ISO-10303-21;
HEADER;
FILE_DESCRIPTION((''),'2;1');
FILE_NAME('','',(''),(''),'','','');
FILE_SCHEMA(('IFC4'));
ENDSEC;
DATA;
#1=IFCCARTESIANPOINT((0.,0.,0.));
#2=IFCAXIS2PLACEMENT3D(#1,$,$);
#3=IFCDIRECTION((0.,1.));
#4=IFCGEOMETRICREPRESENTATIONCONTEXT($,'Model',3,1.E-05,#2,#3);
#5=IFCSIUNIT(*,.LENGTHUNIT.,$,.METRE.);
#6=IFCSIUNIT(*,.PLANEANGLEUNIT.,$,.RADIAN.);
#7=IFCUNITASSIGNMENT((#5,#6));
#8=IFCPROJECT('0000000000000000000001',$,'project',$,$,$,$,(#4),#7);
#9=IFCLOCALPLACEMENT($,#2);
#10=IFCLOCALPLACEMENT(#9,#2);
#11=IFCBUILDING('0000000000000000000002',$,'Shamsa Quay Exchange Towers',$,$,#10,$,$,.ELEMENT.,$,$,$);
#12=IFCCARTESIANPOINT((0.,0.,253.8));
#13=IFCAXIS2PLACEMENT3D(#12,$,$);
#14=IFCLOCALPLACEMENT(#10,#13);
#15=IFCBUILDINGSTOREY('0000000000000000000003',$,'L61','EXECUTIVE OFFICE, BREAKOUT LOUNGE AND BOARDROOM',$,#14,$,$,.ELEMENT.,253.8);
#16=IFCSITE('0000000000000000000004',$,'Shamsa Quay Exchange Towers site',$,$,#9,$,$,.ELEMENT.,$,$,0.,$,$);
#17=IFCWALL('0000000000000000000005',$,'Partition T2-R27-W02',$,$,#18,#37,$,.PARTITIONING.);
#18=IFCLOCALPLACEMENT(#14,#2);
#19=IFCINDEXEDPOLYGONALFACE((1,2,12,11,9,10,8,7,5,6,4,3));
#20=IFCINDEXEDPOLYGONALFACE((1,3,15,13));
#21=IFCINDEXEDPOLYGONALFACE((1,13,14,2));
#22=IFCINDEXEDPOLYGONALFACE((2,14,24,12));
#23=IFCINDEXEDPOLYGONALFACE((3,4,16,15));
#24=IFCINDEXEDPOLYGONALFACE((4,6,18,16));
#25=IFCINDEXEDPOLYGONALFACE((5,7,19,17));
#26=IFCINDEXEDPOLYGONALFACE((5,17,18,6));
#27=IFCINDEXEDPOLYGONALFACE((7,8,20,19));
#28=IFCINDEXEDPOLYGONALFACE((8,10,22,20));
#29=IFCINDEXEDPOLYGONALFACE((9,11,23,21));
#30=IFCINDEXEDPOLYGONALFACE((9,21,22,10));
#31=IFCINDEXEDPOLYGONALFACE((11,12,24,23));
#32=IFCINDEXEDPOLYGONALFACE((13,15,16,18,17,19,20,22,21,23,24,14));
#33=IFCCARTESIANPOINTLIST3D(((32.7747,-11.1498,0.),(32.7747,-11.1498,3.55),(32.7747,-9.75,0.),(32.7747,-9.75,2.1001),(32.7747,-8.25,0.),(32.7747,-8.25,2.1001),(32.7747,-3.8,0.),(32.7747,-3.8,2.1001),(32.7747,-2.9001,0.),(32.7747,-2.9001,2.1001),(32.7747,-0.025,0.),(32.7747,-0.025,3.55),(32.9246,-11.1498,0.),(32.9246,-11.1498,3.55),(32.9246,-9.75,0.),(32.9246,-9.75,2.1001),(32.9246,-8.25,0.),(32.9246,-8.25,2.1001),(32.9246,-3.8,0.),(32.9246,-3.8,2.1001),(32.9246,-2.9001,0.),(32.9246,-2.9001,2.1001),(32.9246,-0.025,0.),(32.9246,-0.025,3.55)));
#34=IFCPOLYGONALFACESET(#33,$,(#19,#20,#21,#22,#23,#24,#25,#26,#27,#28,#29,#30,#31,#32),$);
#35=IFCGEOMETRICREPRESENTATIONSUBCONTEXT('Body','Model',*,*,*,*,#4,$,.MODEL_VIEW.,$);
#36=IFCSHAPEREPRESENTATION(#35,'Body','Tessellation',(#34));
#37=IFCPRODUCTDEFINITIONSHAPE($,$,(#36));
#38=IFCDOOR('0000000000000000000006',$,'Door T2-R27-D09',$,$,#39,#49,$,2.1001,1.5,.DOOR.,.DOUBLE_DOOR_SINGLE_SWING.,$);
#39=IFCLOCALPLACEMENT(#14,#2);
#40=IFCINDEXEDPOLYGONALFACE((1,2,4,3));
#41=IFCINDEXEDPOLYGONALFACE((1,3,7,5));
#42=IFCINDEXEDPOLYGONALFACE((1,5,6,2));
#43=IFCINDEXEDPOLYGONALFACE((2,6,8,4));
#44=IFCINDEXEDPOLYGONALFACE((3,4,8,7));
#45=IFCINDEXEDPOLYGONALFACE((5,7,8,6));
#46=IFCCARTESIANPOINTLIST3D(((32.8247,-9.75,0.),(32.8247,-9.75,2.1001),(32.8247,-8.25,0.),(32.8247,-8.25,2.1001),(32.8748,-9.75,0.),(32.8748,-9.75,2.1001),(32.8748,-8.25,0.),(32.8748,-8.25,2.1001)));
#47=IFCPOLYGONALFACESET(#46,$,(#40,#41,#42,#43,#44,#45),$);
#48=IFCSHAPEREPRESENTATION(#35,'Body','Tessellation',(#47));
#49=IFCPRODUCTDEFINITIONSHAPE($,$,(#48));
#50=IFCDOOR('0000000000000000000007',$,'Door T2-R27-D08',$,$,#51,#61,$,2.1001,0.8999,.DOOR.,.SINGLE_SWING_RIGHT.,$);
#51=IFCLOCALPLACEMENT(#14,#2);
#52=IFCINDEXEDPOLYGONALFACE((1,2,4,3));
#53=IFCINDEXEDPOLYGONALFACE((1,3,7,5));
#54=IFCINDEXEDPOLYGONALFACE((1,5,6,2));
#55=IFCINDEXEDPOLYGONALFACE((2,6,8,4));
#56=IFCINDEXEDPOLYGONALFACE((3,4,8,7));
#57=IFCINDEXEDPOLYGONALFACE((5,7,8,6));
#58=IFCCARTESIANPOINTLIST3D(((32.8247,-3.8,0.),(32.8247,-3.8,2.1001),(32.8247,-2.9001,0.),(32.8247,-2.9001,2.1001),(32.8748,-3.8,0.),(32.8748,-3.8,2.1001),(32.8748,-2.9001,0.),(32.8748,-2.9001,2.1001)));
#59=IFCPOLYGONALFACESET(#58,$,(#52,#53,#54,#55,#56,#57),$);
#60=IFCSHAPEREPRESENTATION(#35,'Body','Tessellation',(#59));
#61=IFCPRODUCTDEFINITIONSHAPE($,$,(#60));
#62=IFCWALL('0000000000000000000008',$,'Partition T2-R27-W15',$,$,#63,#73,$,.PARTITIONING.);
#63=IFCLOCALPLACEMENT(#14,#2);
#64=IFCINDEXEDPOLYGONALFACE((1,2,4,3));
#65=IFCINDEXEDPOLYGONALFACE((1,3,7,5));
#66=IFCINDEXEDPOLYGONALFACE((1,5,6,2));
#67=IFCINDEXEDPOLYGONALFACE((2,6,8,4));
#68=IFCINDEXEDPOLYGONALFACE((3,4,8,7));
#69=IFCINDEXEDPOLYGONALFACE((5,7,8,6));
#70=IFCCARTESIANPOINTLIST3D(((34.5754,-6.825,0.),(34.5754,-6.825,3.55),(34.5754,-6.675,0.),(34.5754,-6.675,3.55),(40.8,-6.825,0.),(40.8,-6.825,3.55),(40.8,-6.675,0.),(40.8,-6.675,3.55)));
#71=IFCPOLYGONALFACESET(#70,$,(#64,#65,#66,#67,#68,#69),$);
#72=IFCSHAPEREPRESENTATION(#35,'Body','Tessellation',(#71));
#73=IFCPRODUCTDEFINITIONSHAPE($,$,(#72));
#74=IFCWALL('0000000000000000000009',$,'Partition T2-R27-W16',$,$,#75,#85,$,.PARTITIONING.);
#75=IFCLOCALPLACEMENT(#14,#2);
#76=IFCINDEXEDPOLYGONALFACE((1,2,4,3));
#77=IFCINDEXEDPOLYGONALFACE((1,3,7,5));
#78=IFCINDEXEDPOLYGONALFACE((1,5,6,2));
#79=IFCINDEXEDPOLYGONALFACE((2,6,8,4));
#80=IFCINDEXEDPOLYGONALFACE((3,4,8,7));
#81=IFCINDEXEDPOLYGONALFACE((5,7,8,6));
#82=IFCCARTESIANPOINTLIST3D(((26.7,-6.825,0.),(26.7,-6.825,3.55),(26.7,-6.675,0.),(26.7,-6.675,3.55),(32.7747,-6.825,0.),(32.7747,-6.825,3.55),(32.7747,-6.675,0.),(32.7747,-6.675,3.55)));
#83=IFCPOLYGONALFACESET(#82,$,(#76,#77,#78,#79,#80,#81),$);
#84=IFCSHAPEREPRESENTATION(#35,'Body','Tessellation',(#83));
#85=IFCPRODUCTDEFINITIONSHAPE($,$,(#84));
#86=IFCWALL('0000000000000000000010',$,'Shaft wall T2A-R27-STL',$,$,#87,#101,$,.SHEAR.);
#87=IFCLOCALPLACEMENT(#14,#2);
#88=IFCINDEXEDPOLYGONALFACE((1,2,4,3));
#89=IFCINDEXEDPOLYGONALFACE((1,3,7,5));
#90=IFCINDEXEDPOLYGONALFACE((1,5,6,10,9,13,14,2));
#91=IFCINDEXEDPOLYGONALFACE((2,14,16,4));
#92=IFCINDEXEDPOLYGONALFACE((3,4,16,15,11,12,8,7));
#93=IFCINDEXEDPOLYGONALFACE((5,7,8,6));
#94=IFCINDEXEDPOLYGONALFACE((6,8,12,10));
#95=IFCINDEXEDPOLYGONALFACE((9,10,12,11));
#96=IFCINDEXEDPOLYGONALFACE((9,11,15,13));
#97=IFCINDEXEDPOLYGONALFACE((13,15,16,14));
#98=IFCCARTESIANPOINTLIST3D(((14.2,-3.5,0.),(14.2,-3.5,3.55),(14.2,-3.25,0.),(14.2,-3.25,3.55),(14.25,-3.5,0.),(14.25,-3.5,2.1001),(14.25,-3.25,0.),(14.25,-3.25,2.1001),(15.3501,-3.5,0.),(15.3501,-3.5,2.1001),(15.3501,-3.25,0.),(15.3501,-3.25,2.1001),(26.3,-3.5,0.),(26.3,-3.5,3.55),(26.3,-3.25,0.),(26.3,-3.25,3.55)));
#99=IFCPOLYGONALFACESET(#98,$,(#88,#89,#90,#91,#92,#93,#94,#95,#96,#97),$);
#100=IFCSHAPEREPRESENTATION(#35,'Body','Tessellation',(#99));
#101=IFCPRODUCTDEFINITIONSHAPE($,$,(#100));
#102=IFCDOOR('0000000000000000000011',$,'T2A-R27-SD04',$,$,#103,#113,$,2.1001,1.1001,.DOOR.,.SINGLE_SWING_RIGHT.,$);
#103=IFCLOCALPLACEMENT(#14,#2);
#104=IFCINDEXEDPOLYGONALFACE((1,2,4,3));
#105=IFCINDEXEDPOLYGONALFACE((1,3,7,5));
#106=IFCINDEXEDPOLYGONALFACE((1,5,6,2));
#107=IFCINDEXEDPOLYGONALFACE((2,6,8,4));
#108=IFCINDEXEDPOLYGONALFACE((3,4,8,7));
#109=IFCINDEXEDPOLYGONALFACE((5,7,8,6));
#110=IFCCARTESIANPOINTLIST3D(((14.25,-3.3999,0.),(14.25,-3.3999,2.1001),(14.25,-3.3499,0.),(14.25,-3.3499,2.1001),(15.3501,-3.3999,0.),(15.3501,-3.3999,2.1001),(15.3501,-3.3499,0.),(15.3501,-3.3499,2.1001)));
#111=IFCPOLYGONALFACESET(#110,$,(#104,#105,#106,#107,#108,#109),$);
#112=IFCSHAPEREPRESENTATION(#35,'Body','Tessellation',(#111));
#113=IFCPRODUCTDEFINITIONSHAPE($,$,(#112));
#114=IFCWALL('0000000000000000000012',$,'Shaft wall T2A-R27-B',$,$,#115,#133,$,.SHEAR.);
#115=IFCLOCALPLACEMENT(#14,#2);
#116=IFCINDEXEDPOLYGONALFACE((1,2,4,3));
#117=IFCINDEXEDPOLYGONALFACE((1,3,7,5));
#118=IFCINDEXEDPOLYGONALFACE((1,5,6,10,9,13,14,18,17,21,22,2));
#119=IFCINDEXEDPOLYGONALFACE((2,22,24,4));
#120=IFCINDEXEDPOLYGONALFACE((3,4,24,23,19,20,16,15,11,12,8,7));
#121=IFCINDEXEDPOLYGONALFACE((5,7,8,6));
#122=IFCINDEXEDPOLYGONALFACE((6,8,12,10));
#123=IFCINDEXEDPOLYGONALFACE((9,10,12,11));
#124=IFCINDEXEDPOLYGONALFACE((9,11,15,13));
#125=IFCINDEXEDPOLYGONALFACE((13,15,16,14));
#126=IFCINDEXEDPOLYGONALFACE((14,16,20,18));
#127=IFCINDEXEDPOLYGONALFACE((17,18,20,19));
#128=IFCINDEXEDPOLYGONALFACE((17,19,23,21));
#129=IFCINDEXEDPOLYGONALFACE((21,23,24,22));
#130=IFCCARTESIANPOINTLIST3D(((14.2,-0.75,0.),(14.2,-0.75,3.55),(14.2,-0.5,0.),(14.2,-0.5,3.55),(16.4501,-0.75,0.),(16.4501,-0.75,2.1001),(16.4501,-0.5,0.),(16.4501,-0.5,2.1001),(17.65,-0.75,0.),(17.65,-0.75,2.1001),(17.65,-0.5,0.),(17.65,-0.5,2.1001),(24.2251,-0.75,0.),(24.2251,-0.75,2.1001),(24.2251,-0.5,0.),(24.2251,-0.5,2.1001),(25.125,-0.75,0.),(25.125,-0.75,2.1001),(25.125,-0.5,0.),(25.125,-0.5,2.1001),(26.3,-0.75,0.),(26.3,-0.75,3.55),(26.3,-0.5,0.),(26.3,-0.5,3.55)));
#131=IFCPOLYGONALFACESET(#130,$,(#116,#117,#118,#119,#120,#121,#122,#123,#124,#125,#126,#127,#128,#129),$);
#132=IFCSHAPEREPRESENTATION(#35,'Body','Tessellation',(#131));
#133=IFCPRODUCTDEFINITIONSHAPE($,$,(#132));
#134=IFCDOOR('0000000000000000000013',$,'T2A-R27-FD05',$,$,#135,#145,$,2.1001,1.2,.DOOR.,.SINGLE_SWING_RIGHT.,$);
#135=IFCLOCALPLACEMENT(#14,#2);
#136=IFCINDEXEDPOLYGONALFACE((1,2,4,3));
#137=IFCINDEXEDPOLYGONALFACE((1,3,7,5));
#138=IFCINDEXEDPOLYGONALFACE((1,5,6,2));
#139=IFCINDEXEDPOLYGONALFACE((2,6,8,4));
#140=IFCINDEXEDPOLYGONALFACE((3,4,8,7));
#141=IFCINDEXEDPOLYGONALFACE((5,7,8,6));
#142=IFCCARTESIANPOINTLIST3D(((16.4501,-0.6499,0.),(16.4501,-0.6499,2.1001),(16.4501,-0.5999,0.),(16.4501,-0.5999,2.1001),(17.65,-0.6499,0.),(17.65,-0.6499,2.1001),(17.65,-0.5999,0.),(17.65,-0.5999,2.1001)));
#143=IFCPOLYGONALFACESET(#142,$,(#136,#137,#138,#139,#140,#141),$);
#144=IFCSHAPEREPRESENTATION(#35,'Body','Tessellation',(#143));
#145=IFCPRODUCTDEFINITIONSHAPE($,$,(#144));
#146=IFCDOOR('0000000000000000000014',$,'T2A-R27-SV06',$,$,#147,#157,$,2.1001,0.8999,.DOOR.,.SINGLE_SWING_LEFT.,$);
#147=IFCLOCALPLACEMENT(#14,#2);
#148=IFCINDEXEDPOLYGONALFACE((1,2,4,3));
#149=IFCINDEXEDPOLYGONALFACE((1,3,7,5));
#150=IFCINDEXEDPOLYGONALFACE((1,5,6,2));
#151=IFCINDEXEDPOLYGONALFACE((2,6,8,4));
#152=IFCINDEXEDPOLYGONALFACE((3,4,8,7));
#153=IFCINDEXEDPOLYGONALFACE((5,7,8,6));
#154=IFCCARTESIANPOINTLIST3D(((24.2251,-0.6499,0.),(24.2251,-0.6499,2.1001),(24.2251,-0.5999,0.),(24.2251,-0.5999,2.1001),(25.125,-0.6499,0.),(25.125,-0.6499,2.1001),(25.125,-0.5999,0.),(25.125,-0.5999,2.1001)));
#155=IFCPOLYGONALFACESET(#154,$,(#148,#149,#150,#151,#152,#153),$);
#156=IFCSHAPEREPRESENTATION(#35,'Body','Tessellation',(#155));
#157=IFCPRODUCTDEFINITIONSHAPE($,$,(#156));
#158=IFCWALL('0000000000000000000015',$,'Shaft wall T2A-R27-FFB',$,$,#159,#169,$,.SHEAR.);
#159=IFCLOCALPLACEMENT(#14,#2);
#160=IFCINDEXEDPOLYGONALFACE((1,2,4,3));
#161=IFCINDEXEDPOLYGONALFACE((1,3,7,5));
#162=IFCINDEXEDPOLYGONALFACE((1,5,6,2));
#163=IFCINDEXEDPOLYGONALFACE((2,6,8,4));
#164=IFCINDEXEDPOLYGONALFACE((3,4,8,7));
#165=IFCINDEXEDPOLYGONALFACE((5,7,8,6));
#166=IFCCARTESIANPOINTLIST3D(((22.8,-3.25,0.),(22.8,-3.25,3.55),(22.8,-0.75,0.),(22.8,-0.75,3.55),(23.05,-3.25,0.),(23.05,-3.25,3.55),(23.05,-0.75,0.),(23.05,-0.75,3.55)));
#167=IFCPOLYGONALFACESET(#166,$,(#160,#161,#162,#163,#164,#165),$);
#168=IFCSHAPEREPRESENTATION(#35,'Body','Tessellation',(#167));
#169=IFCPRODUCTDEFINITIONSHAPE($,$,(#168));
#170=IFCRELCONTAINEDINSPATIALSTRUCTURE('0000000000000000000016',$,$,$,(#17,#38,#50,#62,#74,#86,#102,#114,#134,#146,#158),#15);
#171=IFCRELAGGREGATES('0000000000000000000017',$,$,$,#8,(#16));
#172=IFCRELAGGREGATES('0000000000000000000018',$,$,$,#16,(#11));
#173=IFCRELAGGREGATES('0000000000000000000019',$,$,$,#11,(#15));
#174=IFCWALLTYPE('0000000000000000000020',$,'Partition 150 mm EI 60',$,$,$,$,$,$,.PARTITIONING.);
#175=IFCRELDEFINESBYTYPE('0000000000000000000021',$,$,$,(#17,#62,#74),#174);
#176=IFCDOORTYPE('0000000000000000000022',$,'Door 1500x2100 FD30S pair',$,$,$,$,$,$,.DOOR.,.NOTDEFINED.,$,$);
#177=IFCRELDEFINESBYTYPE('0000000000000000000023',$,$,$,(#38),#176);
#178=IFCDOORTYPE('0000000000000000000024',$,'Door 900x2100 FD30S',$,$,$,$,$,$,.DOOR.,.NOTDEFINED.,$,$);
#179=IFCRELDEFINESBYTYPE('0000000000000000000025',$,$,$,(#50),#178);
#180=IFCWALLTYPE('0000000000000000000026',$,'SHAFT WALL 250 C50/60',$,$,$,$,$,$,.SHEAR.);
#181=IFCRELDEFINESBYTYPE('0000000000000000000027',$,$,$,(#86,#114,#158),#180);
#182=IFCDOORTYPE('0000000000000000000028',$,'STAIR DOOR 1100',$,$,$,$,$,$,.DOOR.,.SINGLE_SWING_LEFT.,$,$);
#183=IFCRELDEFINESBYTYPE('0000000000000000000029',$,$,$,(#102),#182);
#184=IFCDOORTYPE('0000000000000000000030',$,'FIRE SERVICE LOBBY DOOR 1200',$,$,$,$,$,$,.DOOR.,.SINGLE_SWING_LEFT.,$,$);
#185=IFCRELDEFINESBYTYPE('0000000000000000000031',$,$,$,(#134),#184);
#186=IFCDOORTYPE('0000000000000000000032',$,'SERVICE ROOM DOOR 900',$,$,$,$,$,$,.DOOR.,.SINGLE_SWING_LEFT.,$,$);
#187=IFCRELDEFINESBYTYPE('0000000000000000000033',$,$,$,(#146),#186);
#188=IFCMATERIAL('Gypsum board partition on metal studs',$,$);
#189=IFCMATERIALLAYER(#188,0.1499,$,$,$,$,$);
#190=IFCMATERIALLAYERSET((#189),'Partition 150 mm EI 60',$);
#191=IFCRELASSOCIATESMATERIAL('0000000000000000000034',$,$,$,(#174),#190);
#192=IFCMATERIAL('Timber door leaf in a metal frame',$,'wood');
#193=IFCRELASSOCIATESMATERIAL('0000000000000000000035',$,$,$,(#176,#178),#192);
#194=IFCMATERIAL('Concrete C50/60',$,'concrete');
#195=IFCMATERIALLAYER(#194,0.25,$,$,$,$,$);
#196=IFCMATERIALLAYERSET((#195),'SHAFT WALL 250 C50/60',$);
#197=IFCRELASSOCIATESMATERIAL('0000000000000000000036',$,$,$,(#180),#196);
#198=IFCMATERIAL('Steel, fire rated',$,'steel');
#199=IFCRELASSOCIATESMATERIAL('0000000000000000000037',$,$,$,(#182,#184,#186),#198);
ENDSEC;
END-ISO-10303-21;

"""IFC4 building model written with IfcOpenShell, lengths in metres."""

from ifc_helpers import new_model, si_unit, direction, frame, frame_2d, origin, place, context, subcontext, project, spatial, rectangle, extrude, material, layer, layer_set, type_object, element, fill, save


model = new_model("IFC4")

# Units and contexts
model_context = context("Model", 3, precision=1e-05, world=origin(), true_north=direction((0.0, 1.0)))
body_context = subcontext(model_context, "Body", "Model", "MODEL_VIEW")
ifc_project = project(units=[si_unit("LENGTHUNIT", "METRE"), si_unit("PLANEANGLEUNIT", "RADIAN")], contexts=[model_context])

# Site, building, storey
site_placement = place(None, origin())
site = spatial("IfcSite", under=ifc_project, at=site_placement, Name="Shamsa Quay Exchange Towers site", CompositionType="ELEMENT", RefElevation=0.0)
building_placement = place(site_placement, origin())
building = spatial("IfcBuilding", under=site, at=building_placement, Name="Shamsa Quay Exchange Towers", CompositionType="ELEMENT")
storey_placement = place(building_placement, frame((0.0, 0.0, 253.8)))
storey = spatial("IfcBuildingStorey", under=building, at=storey_placement, Name="L61", Description="EXECUTIVE OFFICE, BREAKOUT LOUNGE AND BOARDROOM", CompositionType="ELEMENT", Elevation=253.8)

# Wall, openings, doors
ifc_material_1 = material(Name="Gypsum board partition on metal studs")
ifc_layer_1 = layer(ifc_material_1, 0.1499)
ifc_layer_set_1 = layer_set([ifc_layer_1], Name="Partition 150 mm EI 60")
wall_type_1 = type_object("IfcWallType", Name="Partition 150 mm EI 60", PredefinedType="PARTITIONING", material=ifc_layer_set_1)
wall_1_placement = place(storey_placement, frame((32.8496, -11.1499, 0.0), z_axis=(0.0, 0.0, 1.0), x_axis=(0.0, 1.0, 0.0)))
wall_1 = element("IfcWall", 1, at=wall_1_placement, inside=storey, type_object=wall_type_1, Name="Partition T2-R27-W02", PredefinedType="PARTITIONING", context=body_context, shape_type="SweptSolid", body=[
    extrude(rectangle(XDim=11.1248, YDim=0.1499, at=frame_2d((5.5625, 0.0))), origin(), (0.0, 0.0, 1.0), 3.55),
])
opening_1_placement = place(wall_1_placement, frame((7.3499, 0.0, 0.0)))
opening_1 = element("IfcOpeningElement", 2, at=opening_1_placement, cuts=wall_1, PredefinedType="OPENING", context=body_context, shape_type="SweptSolid", body=[
    extrude(rectangle(XDim=0.8999, YDim=2.1001, at=frame_2d((0.45, 1.05))), frame((0.0, 0.085, 0.0), z_axis=(0.0, -1.0, 0.0), x_axis=(1.0, 0.0, 0.0)), (0.0, 0.0, 1.0), 0.1699),
])
opening_2_placement = place(wall_1_placement, frame((1.3999, 0.0, 0.0)))
opening_2 = element("IfcOpeningElement", 3, at=opening_2_placement, cuts=wall_1, PredefinedType="OPENING", context=body_context, shape_type="SweptSolid", body=[
    extrude(rectangle(XDim=1.5, YDim=2.1001, at=frame_2d((0.75, 1.05))), frame((0.0, 0.085, 0.0), z_axis=(0.0, -1.0, 0.0), x_axis=(1.0, 0.0, 0.0)), (0.0, 0.0, 1.0), 0.1699),
])
ifc_material_2 = material(Name="Timber door leaf in a metal frame", Category="wood")
door_type_1 = type_object("IfcDoorType", Name="Door 1500x2100 FD30S pair", OperationType="NOTDEFINED", PredefinedType="DOOR", material=ifc_material_2)
door_1_placement = place(opening_2_placement, origin())
door_1 = element("IfcDoor", 4, at=door_1_placement, inside=storey, type_object=door_type_1, Name="Door T2-R27-D09", OperationType="DOUBLE_DOOR_SINGLE_SWING", OverallHeight=2.1001, OverallWidth=1.5, PredefinedType="DOOR", context=body_context, shape_type="SweptSolid", body=[
    extrude(rectangle(XDim=1.5, YDim=2.1001, at=frame_2d((0.75, 1.05))), frame((0.0, 0.0249, 0.0), z_axis=(0.0, -1.0, 0.0), x_axis=(1.0, 0.0, 0.0)), (0.0, 0.0, 1.0), 0.05),
])
fill(opening_2, door_1)
door_type_2 = type_object("IfcDoorType", Name="Door 900x2100 FD30S", OperationType="NOTDEFINED", PredefinedType="DOOR", material=ifc_material_2)
door_2_placement = place(opening_1_placement, origin())
door_2 = element("IfcDoor", 5, at=door_2_placement, inside=storey, type_object=door_type_2, Name="Door T2-R27-D08", OperationType="SINGLE_SWING_RIGHT", OverallHeight=2.1001, OverallWidth=0.8999, PredefinedType="DOOR", context=body_context, shape_type="SweptSolid", body=[
    extrude(rectangle(XDim=0.8999, YDim=2.1001, at=frame_2d((0.45, 1.05))), frame((0.0, 0.0249, 0.0), z_axis=(0.0, -1.0, 0.0), x_axis=(1.0, 0.0, 0.0)), (0.0, 0.0, 1.0), 0.05),
])
fill(opening_1, door_2)

# Walls
wall_2_placement = place(storey_placement, frame((34.5754, -6.75, 0.0)))
element("IfcWall", 6, at=wall_2_placement, inside=storey, type_object=wall_type_1, Name="Partition T2-R27-W15", PredefinedType="PARTITIONING", context=body_context, shape_type="SweptSolid", body=[
    extrude(rectangle(XDim=6.2246, YDim=0.1499, at=frame_2d((3.1123, 0.0))), origin(), (0.0, 0.0, 1.0), 3.55),
])
wall_3_placement = place(storey_placement, frame((26.7, -6.75, 0.0)))
element("IfcWall", 7, at=wall_3_placement, inside=storey, type_object=wall_type_1, Name="Partition T2-R27-W16", PredefinedType="PARTITIONING", context=body_context, shape_type="SweptSolid", body=[
    extrude(rectangle(XDim=6.0747, YDim=0.1499, at=frame_2d((3.0374, 0.0))), origin(), (0.0, 0.0, 1.0), 3.55),
])

# Wall, opening, door
ifc_material_3 = material(Name="Concrete C50/60", Category="concrete")
ifc_layer_2 = layer(ifc_material_3, 0.25)
ifc_layer_set_2 = layer_set([ifc_layer_2], Name="SHAFT WALL 250 C50/60")
wall_type_2 = type_object("IfcWallType", Name="SHAFT WALL 250 C50/60", PredefinedType="SHEAR", material=ifc_layer_set_2)
wall_4_placement = place(storey_placement, frame((26.3, -3.375, 0.0), z_axis=(0.0, 0.0, 1.0), x_axis=(-1.0, 0.0, 0.0)))
wall_4 = element("IfcWall", 8, at=wall_4_placement, inside=storey, type_object=wall_type_2, Name="Shaft wall T2A-R27-STL", PredefinedType="SHEAR", context=body_context, shape_type="SweptSolid", body=[
    extrude(rectangle(XDim=12.1001, YDim=0.25, at=frame_2d((6.05, 0.0))), origin(), (0.0, 0.0, 1.0), 3.55),
])
opening_3_placement = place(wall_4_placement, frame((10.95, 0.0, 0.0)))
opening_3 = element("IfcOpeningElement", 9, at=opening_3_placement, cuts=wall_4, PredefinedType="OPENING", context=body_context, shape_type="SweptSolid", body=[
    extrude(rectangle(XDim=1.1001, YDim=2.1001, at=frame_2d((0.55, 1.05))), frame((0.0, 0.135, 0.0), z_axis=(0.0, -1.0, 0.0), x_axis=(1.0, 0.0, 0.0)), (0.0, 0.0, 1.0), 0.27),
])
ifc_material_4 = material(Name="Steel, fire rated", Category="steel")
door_type_3 = type_object("IfcDoorType", Name="STAIR DOOR 1100", OperationType="SINGLE_SWING_LEFT", PredefinedType="DOOR", material=ifc_material_4)
door_3_placement = place(opening_3_placement, origin())
door_3 = element("IfcDoor", 10, at=door_3_placement, inside=storey, type_object=door_type_3, Name="T2A-R27-SD04", OperationType="SINGLE_SWING_RIGHT", OverallHeight=2.1001, OverallWidth=1.1001, PredefinedType="DOOR", context=body_context, shape_type="SweptSolid", body=[
    extrude(rectangle(XDim=1.1001, YDim=2.1001, at=frame_2d((0.55, 1.05))), frame((0.0, 0.0249, 0.0), z_axis=(0.0, -1.0, 0.0), x_axis=(1.0, 0.0, 0.0)), (0.0, 0.0, 1.0), 0.05),
])
fill(opening_3, door_3)

# Wall, openings, doors
wall_5_placement = place(storey_placement, frame((26.3, -0.625, 0.0), z_axis=(0.0, 0.0, 1.0), x_axis=(-1.0, 0.0, 0.0)))
wall_5 = element("IfcWall", 11, at=wall_5_placement, inside=storey, type_object=wall_type_2, Name="Shaft wall T2A-R27-B", PredefinedType="SHEAR", context=body_context, shape_type="SweptSolid", body=[
    extrude(rectangle(XDim=12.1001, YDim=0.25, at=frame_2d((6.05, 0.0))), origin(), (0.0, 0.0, 1.0), 3.55),
])
opening_4_placement = place(wall_5_placement, frame((8.6499, 0.0, 0.0)))
opening_4 = element("IfcOpeningElement", 12, at=opening_4_placement, cuts=wall_5, PredefinedType="OPENING", context=body_context, shape_type="SweptSolid", body=[
    extrude(rectangle(XDim=1.2, YDim=2.1001, at=frame_2d((0.6001, 1.05))), frame((0.0, 0.135, 0.0), z_axis=(0.0, -1.0, 0.0), x_axis=(1.0, 0.0, 0.0)), (0.0, 0.0, 1.0), 0.27),
])
opening_5_placement = place(wall_5_placement, frame((1.175, 0.0, 0.0)))
opening_5 = element("IfcOpeningElement", 13, at=opening_5_placement, cuts=wall_5, PredefinedType="OPENING", context=body_context, shape_type="SweptSolid", body=[
    extrude(rectangle(XDim=0.8999, YDim=2.1001, at=frame_2d((0.45, 1.05))), frame((0.0, 0.135, 0.0), z_axis=(0.0, -1.0, 0.0), x_axis=(1.0, 0.0, 0.0)), (0.0, 0.0, 1.0), 0.27),
])
door_type_4 = type_object("IfcDoorType", Name="FIRE SERVICE LOBBY DOOR 1200", OperationType="SINGLE_SWING_LEFT", PredefinedType="DOOR", material=ifc_material_4)
door_4_placement = place(opening_4_placement, origin())
door_4 = element("IfcDoor", 14, at=door_4_placement, inside=storey, type_object=door_type_4, Name="T2A-R27-FD05", OperationType="SINGLE_SWING_RIGHT", OverallHeight=2.1001, OverallWidth=1.2, PredefinedType="DOOR", context=body_context, shape_type="SweptSolid", body=[
    extrude(rectangle(XDim=1.2, YDim=2.1001, at=frame_2d((0.6001, 1.05))), frame((0.0, 0.0249, 0.0), z_axis=(0.0, -1.0, 0.0), x_axis=(1.0, 0.0, 0.0)), (0.0, 0.0, 1.0), 0.05),
])
fill(opening_4, door_4)
door_type_5 = type_object("IfcDoorType", Name="SERVICE ROOM DOOR 900", OperationType="SINGLE_SWING_LEFT", PredefinedType="DOOR", material=ifc_material_4)
door_5_placement = place(opening_5_placement, origin())
door_5 = element("IfcDoor", 15, at=door_5_placement, inside=storey, type_object=door_type_5, Name="T2A-R27-SV06", OperationType="SINGLE_SWING_LEFT", OverallHeight=2.1001, OverallWidth=0.8999, PredefinedType="DOOR", context=body_context, shape_type="SweptSolid", body=[
    extrude(rectangle(XDim=0.8999, YDim=2.1001, at=frame_2d((0.45, 1.05))), frame((0.0, 0.0249, 0.0), z_axis=(0.0, -1.0, 0.0), x_axis=(1.0, 0.0, 0.0)), (0.0, 0.0, 1.0), 0.05),
])
fill(opening_5, door_5)

# Wall
wall_6_placement = place(storey_placement, frame((22.925, -3.25, 0.0), z_axis=(0.0, 0.0, 1.0), x_axis=(0.0, 1.0, 0.0)))
element("IfcWall", 16, at=wall_6_placement, inside=storey, type_object=wall_type_2, Name="Shaft wall T2A-R27-FFB", PredefinedType="SHEAR", context=body_context, shape_type="SweptSolid", body=[
    extrude(rectangle(XDim=2.5, YDim=0.25, at=frame_2d((1.25, 0.0))), origin(), (0.0, 0.0, 1.0), 3.55),
])

save(model, "model.ifc")
